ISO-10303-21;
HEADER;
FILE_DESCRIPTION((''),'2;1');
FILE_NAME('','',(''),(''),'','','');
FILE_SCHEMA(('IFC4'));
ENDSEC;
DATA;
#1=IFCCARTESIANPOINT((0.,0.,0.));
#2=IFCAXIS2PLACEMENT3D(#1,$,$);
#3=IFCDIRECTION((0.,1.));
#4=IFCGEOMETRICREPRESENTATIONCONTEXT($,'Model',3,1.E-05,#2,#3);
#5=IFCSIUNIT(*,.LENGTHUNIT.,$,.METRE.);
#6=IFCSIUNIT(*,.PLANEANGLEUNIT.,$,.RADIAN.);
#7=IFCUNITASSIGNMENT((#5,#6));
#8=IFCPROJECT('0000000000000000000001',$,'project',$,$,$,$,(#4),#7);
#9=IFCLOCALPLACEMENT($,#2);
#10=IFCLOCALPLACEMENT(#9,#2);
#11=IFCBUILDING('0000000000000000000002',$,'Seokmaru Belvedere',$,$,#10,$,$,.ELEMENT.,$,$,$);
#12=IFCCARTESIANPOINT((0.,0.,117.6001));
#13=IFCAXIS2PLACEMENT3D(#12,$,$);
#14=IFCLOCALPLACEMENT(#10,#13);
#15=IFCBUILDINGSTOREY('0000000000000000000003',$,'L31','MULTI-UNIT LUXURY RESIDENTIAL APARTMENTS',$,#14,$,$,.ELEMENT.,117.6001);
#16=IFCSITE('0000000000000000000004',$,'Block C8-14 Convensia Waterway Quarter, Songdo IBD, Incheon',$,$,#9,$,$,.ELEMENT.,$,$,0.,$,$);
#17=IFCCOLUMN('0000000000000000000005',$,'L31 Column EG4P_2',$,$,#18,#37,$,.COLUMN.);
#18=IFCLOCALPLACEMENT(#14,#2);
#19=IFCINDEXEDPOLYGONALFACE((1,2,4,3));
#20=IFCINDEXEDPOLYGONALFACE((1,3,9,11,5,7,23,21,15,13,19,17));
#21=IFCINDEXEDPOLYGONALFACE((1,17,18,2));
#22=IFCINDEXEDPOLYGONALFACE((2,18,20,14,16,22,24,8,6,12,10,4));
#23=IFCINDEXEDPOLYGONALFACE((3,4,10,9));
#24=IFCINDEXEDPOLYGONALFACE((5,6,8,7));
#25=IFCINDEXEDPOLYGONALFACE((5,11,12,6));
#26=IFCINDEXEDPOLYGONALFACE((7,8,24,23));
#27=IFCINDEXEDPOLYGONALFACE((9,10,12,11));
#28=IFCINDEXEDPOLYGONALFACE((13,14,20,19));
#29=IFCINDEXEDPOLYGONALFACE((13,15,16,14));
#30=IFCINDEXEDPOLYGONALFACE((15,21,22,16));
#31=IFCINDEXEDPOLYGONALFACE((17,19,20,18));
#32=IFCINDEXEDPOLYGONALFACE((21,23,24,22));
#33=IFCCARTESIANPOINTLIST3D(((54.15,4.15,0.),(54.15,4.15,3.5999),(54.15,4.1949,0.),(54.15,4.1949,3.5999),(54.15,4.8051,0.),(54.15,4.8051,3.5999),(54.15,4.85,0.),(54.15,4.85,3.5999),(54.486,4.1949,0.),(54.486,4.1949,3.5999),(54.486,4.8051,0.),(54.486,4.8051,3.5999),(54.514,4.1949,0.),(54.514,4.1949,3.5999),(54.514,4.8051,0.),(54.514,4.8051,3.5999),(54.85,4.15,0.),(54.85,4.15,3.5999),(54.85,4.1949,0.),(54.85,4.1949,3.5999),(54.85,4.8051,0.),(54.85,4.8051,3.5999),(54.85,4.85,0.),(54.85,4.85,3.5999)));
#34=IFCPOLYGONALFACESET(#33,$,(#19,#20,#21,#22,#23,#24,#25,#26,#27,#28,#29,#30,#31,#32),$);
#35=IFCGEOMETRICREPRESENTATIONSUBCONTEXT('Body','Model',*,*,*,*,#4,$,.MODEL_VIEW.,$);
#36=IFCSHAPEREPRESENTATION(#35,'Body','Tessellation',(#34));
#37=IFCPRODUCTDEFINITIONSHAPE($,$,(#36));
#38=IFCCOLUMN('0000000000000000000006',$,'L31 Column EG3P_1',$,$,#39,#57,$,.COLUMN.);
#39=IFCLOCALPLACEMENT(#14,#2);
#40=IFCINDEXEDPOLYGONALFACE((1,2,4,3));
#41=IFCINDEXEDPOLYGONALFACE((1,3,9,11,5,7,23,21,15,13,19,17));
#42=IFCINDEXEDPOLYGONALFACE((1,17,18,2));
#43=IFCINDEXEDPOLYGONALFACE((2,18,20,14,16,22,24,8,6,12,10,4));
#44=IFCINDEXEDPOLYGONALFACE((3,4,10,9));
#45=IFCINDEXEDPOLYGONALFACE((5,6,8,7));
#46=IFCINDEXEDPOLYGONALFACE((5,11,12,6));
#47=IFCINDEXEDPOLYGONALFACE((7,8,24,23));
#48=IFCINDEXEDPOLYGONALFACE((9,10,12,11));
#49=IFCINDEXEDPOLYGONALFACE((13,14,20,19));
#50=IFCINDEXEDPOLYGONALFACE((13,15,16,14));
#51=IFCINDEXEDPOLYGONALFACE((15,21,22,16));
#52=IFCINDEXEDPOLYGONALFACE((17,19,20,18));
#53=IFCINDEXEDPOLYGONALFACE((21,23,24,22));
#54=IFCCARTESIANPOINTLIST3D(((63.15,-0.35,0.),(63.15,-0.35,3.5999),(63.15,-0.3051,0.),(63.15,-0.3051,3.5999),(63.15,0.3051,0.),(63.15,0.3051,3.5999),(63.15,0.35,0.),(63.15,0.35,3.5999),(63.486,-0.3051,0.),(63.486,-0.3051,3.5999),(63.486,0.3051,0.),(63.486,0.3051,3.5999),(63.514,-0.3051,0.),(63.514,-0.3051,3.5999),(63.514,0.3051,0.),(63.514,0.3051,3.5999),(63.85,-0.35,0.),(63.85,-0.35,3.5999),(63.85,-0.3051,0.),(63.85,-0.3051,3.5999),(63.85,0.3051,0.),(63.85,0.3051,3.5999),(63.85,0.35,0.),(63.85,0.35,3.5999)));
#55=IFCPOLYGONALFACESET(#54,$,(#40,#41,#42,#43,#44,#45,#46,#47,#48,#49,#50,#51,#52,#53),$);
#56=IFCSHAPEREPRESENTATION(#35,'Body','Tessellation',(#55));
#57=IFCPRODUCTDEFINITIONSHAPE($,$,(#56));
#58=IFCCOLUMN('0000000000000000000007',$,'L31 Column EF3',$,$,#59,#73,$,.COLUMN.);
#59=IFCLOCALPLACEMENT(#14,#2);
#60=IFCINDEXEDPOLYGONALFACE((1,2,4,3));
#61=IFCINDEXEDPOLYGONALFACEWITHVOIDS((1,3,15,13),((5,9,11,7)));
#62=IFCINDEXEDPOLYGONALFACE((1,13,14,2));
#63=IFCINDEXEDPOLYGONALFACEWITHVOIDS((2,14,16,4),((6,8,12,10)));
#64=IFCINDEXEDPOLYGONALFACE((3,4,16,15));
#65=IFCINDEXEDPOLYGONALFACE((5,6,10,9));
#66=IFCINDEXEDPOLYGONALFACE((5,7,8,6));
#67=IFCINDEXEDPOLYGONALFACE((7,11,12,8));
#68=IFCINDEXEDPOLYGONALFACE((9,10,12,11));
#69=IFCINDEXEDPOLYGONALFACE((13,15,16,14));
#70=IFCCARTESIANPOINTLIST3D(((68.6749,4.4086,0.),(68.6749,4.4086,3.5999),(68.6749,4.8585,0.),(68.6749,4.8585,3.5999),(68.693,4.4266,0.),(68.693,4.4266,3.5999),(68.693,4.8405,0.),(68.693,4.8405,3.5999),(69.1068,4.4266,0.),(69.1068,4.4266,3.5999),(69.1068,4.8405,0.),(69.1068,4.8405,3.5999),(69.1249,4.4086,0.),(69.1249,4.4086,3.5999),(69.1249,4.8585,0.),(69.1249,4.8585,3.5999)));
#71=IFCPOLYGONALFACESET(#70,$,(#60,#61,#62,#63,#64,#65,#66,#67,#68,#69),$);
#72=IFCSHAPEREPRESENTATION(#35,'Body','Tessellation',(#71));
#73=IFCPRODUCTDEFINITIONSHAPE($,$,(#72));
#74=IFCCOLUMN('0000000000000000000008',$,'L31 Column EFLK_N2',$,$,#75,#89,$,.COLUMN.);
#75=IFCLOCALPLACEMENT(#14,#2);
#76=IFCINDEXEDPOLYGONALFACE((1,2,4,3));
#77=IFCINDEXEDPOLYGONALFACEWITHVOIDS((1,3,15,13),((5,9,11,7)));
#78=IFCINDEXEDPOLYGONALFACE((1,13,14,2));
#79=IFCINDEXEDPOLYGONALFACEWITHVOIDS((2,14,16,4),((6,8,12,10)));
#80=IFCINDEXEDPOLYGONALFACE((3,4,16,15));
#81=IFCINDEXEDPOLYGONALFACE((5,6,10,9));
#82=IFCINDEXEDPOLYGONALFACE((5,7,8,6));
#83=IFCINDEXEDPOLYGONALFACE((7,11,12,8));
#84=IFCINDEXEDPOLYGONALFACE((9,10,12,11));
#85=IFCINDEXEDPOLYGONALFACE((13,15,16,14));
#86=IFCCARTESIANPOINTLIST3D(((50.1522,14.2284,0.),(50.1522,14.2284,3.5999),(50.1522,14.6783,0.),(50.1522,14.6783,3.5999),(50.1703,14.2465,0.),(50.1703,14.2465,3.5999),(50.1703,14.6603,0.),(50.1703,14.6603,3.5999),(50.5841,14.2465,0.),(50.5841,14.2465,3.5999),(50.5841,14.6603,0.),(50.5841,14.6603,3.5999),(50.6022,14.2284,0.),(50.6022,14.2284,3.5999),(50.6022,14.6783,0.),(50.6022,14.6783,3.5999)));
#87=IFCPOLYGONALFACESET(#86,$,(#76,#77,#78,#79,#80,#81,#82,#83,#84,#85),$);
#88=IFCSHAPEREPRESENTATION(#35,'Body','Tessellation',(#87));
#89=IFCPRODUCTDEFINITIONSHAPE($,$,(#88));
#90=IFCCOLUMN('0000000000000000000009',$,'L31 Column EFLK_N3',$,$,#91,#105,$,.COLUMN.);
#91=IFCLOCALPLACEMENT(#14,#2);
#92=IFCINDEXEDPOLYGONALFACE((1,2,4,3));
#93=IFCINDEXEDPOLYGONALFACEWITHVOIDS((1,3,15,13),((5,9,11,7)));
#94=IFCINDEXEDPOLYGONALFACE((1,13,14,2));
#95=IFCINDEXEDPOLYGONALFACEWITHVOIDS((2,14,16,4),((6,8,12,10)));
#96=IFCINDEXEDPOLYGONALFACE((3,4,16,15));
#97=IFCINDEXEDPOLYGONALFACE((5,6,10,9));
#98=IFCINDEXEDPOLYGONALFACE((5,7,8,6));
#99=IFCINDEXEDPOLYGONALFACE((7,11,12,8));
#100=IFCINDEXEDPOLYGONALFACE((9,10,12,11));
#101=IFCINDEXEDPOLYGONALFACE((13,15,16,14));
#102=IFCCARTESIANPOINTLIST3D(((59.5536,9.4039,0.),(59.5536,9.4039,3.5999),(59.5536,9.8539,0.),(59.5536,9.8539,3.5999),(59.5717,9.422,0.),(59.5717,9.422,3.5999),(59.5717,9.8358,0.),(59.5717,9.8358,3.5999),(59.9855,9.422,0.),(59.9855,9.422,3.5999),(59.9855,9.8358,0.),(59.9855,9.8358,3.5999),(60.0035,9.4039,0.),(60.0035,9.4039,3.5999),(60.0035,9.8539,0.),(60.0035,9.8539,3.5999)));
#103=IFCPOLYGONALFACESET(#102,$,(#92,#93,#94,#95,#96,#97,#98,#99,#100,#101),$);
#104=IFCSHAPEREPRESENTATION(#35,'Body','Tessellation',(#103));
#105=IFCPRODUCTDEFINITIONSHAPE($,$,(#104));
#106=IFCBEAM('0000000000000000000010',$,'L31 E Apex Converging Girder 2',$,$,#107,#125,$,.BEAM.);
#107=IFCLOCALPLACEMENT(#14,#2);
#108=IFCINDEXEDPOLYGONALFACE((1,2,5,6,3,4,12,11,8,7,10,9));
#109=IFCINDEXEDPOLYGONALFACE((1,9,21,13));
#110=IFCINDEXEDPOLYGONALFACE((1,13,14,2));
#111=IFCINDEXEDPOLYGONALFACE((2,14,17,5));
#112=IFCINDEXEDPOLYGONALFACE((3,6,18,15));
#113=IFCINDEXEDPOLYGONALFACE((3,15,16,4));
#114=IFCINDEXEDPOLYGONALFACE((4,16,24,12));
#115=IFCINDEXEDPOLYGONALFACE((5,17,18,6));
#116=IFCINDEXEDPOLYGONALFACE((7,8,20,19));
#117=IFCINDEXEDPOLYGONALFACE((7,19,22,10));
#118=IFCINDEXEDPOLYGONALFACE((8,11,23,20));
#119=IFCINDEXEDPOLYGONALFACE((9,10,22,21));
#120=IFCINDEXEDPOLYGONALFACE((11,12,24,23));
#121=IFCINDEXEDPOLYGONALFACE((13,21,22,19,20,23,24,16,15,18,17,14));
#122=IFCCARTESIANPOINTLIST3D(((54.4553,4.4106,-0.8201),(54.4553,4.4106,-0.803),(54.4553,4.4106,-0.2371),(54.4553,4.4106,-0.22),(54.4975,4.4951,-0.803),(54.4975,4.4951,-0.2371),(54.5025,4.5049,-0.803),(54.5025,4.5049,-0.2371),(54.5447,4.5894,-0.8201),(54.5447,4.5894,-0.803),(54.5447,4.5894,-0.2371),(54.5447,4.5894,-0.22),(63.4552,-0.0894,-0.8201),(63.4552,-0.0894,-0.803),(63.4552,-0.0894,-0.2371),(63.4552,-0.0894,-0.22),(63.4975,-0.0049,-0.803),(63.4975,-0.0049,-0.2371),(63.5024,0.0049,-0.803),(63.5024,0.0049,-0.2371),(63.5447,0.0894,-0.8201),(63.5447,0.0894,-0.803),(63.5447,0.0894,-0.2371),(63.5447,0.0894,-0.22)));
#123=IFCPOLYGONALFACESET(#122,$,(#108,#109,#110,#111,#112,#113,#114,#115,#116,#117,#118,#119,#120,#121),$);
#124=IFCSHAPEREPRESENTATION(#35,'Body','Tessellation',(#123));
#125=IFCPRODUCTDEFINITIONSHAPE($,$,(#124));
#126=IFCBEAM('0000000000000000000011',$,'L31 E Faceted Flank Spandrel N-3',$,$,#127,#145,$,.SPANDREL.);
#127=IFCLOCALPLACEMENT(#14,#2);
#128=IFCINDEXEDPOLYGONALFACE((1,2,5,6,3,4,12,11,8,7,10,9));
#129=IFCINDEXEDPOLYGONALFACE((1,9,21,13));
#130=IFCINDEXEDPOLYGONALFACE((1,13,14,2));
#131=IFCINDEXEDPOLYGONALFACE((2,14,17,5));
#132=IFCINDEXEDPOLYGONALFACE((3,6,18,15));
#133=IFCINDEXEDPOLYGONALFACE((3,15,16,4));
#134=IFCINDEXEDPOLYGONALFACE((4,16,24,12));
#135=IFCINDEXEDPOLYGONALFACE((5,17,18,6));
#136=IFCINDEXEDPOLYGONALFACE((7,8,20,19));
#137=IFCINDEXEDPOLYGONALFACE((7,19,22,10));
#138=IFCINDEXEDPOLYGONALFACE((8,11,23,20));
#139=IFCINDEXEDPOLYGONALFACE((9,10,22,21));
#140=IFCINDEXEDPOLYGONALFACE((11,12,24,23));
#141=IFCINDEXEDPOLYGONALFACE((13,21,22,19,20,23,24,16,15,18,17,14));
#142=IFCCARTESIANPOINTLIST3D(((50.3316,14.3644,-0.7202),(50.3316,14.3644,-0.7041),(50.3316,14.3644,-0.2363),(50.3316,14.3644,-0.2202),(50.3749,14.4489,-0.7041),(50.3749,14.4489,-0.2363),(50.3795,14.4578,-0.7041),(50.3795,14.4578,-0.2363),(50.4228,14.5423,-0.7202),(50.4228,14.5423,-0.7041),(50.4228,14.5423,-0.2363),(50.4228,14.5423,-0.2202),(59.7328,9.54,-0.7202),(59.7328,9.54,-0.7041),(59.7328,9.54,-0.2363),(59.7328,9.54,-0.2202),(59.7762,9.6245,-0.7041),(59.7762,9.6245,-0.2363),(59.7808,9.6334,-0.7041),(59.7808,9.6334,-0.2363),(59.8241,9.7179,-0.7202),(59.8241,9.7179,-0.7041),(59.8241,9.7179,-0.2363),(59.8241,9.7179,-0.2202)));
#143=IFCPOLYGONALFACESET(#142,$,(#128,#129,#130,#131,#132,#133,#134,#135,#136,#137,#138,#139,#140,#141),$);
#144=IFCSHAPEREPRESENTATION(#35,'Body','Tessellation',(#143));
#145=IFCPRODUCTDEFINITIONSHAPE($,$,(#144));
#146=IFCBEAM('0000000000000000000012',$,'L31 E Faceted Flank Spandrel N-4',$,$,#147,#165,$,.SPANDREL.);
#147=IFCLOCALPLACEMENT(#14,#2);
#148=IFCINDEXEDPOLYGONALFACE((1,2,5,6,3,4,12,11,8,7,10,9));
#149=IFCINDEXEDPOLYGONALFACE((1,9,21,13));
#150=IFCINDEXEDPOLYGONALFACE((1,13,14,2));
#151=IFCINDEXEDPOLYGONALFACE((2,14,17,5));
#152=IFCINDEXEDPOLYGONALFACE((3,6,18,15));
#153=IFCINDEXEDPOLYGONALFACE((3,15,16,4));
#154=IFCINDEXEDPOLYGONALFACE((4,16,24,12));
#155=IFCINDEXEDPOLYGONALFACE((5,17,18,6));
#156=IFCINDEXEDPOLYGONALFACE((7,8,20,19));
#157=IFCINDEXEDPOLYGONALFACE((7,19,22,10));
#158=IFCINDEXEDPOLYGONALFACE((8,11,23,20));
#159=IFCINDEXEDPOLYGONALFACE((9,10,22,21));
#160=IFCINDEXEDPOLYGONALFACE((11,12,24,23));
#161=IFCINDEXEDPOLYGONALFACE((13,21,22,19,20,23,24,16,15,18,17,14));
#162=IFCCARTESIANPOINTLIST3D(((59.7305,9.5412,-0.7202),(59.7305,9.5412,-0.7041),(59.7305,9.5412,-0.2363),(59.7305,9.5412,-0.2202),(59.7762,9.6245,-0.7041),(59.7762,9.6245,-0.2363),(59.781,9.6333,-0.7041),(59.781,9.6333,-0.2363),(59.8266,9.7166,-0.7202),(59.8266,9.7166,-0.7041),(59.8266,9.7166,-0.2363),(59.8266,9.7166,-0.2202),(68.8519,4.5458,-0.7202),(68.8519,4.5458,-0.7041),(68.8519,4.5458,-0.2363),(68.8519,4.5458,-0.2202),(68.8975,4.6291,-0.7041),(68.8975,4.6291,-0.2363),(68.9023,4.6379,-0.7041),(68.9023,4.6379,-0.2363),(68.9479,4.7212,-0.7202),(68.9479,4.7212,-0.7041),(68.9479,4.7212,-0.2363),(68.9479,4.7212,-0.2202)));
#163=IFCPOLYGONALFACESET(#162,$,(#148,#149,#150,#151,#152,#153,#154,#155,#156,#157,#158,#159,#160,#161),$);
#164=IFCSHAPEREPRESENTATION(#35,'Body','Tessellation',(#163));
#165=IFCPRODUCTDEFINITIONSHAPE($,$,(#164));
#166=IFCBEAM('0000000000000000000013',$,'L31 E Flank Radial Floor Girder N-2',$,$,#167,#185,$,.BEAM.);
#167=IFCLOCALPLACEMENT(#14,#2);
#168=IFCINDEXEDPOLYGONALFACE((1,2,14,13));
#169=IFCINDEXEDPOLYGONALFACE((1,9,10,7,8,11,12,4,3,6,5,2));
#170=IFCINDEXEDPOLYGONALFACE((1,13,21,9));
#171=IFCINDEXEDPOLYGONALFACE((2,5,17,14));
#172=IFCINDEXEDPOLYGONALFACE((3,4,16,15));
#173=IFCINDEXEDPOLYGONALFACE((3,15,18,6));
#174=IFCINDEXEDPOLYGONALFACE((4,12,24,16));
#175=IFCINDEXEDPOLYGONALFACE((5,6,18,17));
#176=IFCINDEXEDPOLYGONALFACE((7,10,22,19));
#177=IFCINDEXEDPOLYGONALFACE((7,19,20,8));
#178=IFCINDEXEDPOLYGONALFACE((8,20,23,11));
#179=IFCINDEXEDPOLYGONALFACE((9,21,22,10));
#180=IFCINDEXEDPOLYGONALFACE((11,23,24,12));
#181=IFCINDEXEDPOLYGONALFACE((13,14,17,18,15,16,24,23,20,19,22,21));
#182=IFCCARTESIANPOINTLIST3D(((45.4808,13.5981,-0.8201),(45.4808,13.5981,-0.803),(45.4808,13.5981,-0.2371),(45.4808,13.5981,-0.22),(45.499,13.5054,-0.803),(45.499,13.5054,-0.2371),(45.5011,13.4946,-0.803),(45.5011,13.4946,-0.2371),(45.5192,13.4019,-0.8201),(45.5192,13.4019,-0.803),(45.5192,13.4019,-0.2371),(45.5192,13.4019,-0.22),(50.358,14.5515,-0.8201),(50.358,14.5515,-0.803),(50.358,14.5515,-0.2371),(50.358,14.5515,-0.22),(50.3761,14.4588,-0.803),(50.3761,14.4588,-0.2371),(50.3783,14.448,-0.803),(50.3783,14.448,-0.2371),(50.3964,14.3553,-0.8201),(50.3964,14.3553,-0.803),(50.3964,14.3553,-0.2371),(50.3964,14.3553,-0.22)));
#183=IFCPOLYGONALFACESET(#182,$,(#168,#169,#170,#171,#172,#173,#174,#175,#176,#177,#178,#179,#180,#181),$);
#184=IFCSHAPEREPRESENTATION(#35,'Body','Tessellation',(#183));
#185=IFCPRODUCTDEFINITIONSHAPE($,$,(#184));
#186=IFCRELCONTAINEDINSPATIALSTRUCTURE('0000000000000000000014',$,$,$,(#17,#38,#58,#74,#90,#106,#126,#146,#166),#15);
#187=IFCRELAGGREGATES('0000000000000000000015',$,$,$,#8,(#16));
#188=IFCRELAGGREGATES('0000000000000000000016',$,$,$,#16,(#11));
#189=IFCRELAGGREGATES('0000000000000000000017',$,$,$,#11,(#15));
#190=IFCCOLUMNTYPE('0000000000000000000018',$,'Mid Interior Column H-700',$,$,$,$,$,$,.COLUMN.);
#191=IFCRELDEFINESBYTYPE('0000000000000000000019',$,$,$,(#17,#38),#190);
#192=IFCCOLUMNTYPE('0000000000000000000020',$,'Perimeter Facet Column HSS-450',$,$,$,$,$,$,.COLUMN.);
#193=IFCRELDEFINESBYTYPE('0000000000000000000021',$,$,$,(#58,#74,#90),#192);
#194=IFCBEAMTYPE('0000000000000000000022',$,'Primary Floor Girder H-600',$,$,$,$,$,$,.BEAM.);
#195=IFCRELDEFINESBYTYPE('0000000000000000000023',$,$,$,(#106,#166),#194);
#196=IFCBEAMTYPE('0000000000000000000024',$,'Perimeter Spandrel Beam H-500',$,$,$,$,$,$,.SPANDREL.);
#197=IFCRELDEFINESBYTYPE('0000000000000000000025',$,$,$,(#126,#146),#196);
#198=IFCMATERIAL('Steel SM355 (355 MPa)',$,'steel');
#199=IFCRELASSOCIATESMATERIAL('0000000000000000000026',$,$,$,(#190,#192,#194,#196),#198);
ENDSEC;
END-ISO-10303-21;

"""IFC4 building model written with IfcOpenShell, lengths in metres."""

from ifc_helpers import new_model, si_unit, direction, frame, origin, origin_2d, place, context, subcontext, project, spatial, hollow_rectangle, i_section, extrude, source, transform, mapped, material, material_profile, profile_set, type_object, type_shapes, element, save


model = new_model("IFC4")

# Units and contexts
model_context = context("Model", 3, precision=1e-05, world=origin(), true_north=direction((0.0, 1.0)))
body_context = subcontext(model_context, "Body", "Model", "MODEL_VIEW")
ifc_project = project(units=[si_unit("LENGTHUNIT", "METRE"), si_unit("PLANEANGLEUNIT", "RADIAN")], contexts=[model_context])

# Site, building, storey
site_placement = place(None, origin())
site = spatial("IfcSite", under=ifc_project, at=site_placement, Name="Block C8-14 Convensia Waterway Quarter, Songdo IBD, Incheon", CompositionType="ELEMENT", RefElevation=0.0)
building_placement = place(site_placement, origin())
building = spatial("IfcBuilding", under=site, at=building_placement, Name="Seokmaru Belvedere", CompositionType="ELEMENT")
storey_placement = place(building_placement, frame((0.0, 0.0, 117.6001)))
storey = spatial("IfcBuildingStorey", under=building, at=storey_placement, Name="L31", Description="MULTI-UNIT LUXURY RESIDENTIAL APARTMENTS", CompositionType="ELEMENT", Elevation=117.6001)

# Columns
ifc_material_1 = material(Name="Steel SM355 (355 MPa)", Category="steel")
ifc_material_profile_1 = material_profile(ifc_material_1, i_section(OverallWidth=0.7, OverallDepth=0.7, WebThickness=0.0281, FlangeThickness=0.0449, at=origin_2d()), Name="H-700x700x28x45")
ifc_profile_set_1 = profile_set([ifc_material_profile_1], Name="Steel SM355 (355 MPa)")
column_type_1 = type_object("IfcColumnType", Name="Mid Interior Column H-700", PredefinedType="COLUMN", material=ifc_profile_set_1)
shared_shape_1 = source(origin(), body_context, "Body", "SweptSolid", [
    extrude(i_section(OverallWidth=0.7, OverallDepth=0.7, WebThickness=0.0281, FlangeThickness=0.0449, at=origin_2d()), origin(), (0.0, 0.0, 1.0), 3.5999),
])
type_shapes(column_type_1, [shared_shape_1])
for number, where, z_axis, x_axis, name in (
    (1, (54.5, 4.5, 0.0), (0.0, 0.0, 1.0), (1.0, 0.0, 0.0), "L31 Column EG4P_2"),
    (2, (63.5, 0.0, 0.0), (0.0, 0.0, 1.0), (1.0, 0.0, 0.0), "L31 Column EG3P_1"),
):
    element("IfcColumn", number, at=place(storey_placement, frame(where, z_axis=z_axis, x_axis=x_axis)), inside=storey, type_object=column_type_1, Name=name, PredefinedType="COLUMN", context=body_context, shape_type="MappedRepresentation", body=[
        mapped(shared_shape_1, transform((0.0, 0.0, 0.0), scale=1.0)),
    ])
ifc_material_profile_2 = material_profile(ifc_material_1, hollow_rectangle(XDim=0.45, YDim=0.45, WallThickness=0.0181, at=origin_2d()), Name="HSS-450x450x18")
ifc_profile_set_2 = profile_set([ifc_material_profile_2], Name="Steel SM355 (355 MPa)")
column_type_2 = type_object("IfcColumnType", Name="Perimeter Facet Column HSS-450", PredefinedType="COLUMN", material=ifc_profile_set_2)
shared_shape_2 = source(origin(), body_context, "Body", "SweptSolid", [
    extrude(hollow_rectangle(XDim=0.45, YDim=0.45, WallThickness=0.0181, at=origin_2d()), origin(), (0.0, 0.0, 1.0), 3.5999),
])
type_shapes(column_type_2, [shared_shape_2])
for number, where, z_axis, x_axis, name in (
    (3, (68.8999, 4.6335, 0.0), (0.0, 0.0, 1.0), (1.0, 0.0, 0.0), "L31 Column EF3"),
    (4, (50.3772, 14.4534, 0.0), (0.0, 0.0, 1.0), (1.0, 0.0, 0.0), "L31 Column EFLK_N2"),
    (5, (59.7786, 9.6289, 0.0), (0.0, 0.0, 1.0), (1.0, 0.0, 0.0), "L31 Column EFLK_N3"),
):
    element("IfcColumn", number, at=place(storey_placement, frame(where, z_axis=z_axis, x_axis=x_axis)), inside=storey, type_object=column_type_2, Name=name, PredefinedType="COLUMN", context=body_context, shape_type="MappedRepresentation", body=[
        mapped(shared_shape_2, transform((0.0, 0.0, 0.0), scale=1.0)),
    ])

# Beams
ifc_material_profile_3 = material_profile(ifc_material_1, i_section(OverallWidth=0.2, OverallDepth=0.6001, WebThickness=0.011, FlangeThickness=0.0171, at=origin_2d()), Name="H-600x200x11x17")
ifc_profile_set_3 = profile_set([ifc_material_profile_3], Name="Steel SM355 (355 MPa)")
beam_type_1 = type_object("IfcBeamType", Name="Primary Floor Girder H-600", PredefinedType="BEAM", material=ifc_profile_set_3)
shared_shape_3 = source(origin(), body_context, "Body", "SweptSolid", [
    extrude(i_section(OverallWidth=0.2, OverallDepth=0.6001, WebThickness=0.011, FlangeThickness=0.0171, at=origin_2d()), origin(), (0.0, 0.0, 1.0), 10.0623),
])
beam_1_placement = place(storey_placement, frame((54.5, 4.5, -0.52), z_axis=(0.894427, -0.447214, 0.0), x_axis=(0.447214, 0.894427, 0.0)))
element("IfcBeam", 6, at=beam_1_placement, inside=storey, type_object=beam_type_1, Name="L31 E Apex Converging Girder 2", PredefinedType="BEAM", context=body_context, shape_type="MappedRepresentation", body=[
    mapped(shared_shape_3, transform((0.0, 0.0, 0.0), scale=1.0)),
])
ifc_material_profile_4 = material_profile(ifc_material_1, i_section(OverallWidth=0.2, OverallDepth=0.5, WebThickness=0.01, FlangeThickness=0.0161, at=origin_2d()), Name="H-500x200x10x16")
ifc_profile_set_4 = profile_set([ifc_material_profile_4], Name="Steel SM355 (355 MPa)")
beam_type_2 = type_object("IfcBeamType", Name="Perimeter Spandrel Beam H-500", PredefinedType="SPANDREL", material=ifc_profile_set_4)
shared_shape_4 = source(origin(), body_context, "Body", "SweptSolid", [
    extrude(i_section(OverallWidth=0.2, OverallDepth=0.5, WebThickness=0.01, FlangeThickness=0.0161, at=origin_2d()), origin(), (0.0, 0.0, 1.0), 10.5669),
])
beam_2_placement = place(storey_placement, frame((50.3772, 14.4534, -0.4702), z_axis=(0.889693, -0.45656, 0.0), x_axis=(0.45656, 0.889693, 0.0)))
element("IfcBeam", 7, at=beam_2_placement, inside=storey, type_object=beam_type_2, Name="L31 E Faceted Flank Spandrel N-3", PredefinedType="SPANDREL", context=body_context, shape_type="MappedRepresentation", body=[
    mapped(shared_shape_4, transform((0.0, 0.0, 0.0), scale=1.0)),
])
shared_shape_5 = source(origin(), body_context, "Body", "SweptSolid", [
    extrude(i_section(OverallWidth=0.2, OverallDepth=0.5, WebThickness=0.01, FlangeThickness=0.0161, at=origin_2d()), origin(), (0.0, 0.0, 1.0), 10.3997),
])
type_shapes(beam_type_2, [shared_shape_4, shared_shape_5])
beam_3_placement = place(storey_placement, frame((59.7786, 9.6289, -0.4702), z_axis=(0.877082, -0.48034, 0.0), x_axis=(0.48034, 0.877082, 0.0)))
element("IfcBeam", 8, at=beam_3_placement, inside=storey, type_object=beam_type_2, Name="L31 E Faceted Flank Spandrel N-4", PredefinedType="SPANDREL", context=body_context, shape_type="MappedRepresentation", body=[
    mapped(shared_shape_5, transform((0.0, 0.0, 0.0), scale=1.0)),
])
shared_shape_6 = source(origin(), body_context, "Body", "SweptSolid", [
    extrude(i_section(OverallWidth=0.2, OverallDepth=0.6001, WebThickness=0.011, FlangeThickness=0.0171, at=origin_2d()), origin(), (0.0, 0.0, 1.0), 4.9695),
])
beam_4_placement = place(storey_placement, frame((50.3772, 14.4534, -0.52), z_axis=(-0.981425, -0.191844, 0.0), x_axis=(0.191844, -0.981425, 0.0)))
element("IfcBeam", 9, at=beam_4_placement, inside=storey, type_object=beam_type_1, Name="L31 E Flank Radial Floor Girder N-2", PredefinedType="BEAM", context=body_context, shape_type="MappedRepresentation", body=[
    mapped(shared_shape_6, transform((0.0, 0.0, 0.0), scale=1.0)),
])

save(model, "model.ifc")
